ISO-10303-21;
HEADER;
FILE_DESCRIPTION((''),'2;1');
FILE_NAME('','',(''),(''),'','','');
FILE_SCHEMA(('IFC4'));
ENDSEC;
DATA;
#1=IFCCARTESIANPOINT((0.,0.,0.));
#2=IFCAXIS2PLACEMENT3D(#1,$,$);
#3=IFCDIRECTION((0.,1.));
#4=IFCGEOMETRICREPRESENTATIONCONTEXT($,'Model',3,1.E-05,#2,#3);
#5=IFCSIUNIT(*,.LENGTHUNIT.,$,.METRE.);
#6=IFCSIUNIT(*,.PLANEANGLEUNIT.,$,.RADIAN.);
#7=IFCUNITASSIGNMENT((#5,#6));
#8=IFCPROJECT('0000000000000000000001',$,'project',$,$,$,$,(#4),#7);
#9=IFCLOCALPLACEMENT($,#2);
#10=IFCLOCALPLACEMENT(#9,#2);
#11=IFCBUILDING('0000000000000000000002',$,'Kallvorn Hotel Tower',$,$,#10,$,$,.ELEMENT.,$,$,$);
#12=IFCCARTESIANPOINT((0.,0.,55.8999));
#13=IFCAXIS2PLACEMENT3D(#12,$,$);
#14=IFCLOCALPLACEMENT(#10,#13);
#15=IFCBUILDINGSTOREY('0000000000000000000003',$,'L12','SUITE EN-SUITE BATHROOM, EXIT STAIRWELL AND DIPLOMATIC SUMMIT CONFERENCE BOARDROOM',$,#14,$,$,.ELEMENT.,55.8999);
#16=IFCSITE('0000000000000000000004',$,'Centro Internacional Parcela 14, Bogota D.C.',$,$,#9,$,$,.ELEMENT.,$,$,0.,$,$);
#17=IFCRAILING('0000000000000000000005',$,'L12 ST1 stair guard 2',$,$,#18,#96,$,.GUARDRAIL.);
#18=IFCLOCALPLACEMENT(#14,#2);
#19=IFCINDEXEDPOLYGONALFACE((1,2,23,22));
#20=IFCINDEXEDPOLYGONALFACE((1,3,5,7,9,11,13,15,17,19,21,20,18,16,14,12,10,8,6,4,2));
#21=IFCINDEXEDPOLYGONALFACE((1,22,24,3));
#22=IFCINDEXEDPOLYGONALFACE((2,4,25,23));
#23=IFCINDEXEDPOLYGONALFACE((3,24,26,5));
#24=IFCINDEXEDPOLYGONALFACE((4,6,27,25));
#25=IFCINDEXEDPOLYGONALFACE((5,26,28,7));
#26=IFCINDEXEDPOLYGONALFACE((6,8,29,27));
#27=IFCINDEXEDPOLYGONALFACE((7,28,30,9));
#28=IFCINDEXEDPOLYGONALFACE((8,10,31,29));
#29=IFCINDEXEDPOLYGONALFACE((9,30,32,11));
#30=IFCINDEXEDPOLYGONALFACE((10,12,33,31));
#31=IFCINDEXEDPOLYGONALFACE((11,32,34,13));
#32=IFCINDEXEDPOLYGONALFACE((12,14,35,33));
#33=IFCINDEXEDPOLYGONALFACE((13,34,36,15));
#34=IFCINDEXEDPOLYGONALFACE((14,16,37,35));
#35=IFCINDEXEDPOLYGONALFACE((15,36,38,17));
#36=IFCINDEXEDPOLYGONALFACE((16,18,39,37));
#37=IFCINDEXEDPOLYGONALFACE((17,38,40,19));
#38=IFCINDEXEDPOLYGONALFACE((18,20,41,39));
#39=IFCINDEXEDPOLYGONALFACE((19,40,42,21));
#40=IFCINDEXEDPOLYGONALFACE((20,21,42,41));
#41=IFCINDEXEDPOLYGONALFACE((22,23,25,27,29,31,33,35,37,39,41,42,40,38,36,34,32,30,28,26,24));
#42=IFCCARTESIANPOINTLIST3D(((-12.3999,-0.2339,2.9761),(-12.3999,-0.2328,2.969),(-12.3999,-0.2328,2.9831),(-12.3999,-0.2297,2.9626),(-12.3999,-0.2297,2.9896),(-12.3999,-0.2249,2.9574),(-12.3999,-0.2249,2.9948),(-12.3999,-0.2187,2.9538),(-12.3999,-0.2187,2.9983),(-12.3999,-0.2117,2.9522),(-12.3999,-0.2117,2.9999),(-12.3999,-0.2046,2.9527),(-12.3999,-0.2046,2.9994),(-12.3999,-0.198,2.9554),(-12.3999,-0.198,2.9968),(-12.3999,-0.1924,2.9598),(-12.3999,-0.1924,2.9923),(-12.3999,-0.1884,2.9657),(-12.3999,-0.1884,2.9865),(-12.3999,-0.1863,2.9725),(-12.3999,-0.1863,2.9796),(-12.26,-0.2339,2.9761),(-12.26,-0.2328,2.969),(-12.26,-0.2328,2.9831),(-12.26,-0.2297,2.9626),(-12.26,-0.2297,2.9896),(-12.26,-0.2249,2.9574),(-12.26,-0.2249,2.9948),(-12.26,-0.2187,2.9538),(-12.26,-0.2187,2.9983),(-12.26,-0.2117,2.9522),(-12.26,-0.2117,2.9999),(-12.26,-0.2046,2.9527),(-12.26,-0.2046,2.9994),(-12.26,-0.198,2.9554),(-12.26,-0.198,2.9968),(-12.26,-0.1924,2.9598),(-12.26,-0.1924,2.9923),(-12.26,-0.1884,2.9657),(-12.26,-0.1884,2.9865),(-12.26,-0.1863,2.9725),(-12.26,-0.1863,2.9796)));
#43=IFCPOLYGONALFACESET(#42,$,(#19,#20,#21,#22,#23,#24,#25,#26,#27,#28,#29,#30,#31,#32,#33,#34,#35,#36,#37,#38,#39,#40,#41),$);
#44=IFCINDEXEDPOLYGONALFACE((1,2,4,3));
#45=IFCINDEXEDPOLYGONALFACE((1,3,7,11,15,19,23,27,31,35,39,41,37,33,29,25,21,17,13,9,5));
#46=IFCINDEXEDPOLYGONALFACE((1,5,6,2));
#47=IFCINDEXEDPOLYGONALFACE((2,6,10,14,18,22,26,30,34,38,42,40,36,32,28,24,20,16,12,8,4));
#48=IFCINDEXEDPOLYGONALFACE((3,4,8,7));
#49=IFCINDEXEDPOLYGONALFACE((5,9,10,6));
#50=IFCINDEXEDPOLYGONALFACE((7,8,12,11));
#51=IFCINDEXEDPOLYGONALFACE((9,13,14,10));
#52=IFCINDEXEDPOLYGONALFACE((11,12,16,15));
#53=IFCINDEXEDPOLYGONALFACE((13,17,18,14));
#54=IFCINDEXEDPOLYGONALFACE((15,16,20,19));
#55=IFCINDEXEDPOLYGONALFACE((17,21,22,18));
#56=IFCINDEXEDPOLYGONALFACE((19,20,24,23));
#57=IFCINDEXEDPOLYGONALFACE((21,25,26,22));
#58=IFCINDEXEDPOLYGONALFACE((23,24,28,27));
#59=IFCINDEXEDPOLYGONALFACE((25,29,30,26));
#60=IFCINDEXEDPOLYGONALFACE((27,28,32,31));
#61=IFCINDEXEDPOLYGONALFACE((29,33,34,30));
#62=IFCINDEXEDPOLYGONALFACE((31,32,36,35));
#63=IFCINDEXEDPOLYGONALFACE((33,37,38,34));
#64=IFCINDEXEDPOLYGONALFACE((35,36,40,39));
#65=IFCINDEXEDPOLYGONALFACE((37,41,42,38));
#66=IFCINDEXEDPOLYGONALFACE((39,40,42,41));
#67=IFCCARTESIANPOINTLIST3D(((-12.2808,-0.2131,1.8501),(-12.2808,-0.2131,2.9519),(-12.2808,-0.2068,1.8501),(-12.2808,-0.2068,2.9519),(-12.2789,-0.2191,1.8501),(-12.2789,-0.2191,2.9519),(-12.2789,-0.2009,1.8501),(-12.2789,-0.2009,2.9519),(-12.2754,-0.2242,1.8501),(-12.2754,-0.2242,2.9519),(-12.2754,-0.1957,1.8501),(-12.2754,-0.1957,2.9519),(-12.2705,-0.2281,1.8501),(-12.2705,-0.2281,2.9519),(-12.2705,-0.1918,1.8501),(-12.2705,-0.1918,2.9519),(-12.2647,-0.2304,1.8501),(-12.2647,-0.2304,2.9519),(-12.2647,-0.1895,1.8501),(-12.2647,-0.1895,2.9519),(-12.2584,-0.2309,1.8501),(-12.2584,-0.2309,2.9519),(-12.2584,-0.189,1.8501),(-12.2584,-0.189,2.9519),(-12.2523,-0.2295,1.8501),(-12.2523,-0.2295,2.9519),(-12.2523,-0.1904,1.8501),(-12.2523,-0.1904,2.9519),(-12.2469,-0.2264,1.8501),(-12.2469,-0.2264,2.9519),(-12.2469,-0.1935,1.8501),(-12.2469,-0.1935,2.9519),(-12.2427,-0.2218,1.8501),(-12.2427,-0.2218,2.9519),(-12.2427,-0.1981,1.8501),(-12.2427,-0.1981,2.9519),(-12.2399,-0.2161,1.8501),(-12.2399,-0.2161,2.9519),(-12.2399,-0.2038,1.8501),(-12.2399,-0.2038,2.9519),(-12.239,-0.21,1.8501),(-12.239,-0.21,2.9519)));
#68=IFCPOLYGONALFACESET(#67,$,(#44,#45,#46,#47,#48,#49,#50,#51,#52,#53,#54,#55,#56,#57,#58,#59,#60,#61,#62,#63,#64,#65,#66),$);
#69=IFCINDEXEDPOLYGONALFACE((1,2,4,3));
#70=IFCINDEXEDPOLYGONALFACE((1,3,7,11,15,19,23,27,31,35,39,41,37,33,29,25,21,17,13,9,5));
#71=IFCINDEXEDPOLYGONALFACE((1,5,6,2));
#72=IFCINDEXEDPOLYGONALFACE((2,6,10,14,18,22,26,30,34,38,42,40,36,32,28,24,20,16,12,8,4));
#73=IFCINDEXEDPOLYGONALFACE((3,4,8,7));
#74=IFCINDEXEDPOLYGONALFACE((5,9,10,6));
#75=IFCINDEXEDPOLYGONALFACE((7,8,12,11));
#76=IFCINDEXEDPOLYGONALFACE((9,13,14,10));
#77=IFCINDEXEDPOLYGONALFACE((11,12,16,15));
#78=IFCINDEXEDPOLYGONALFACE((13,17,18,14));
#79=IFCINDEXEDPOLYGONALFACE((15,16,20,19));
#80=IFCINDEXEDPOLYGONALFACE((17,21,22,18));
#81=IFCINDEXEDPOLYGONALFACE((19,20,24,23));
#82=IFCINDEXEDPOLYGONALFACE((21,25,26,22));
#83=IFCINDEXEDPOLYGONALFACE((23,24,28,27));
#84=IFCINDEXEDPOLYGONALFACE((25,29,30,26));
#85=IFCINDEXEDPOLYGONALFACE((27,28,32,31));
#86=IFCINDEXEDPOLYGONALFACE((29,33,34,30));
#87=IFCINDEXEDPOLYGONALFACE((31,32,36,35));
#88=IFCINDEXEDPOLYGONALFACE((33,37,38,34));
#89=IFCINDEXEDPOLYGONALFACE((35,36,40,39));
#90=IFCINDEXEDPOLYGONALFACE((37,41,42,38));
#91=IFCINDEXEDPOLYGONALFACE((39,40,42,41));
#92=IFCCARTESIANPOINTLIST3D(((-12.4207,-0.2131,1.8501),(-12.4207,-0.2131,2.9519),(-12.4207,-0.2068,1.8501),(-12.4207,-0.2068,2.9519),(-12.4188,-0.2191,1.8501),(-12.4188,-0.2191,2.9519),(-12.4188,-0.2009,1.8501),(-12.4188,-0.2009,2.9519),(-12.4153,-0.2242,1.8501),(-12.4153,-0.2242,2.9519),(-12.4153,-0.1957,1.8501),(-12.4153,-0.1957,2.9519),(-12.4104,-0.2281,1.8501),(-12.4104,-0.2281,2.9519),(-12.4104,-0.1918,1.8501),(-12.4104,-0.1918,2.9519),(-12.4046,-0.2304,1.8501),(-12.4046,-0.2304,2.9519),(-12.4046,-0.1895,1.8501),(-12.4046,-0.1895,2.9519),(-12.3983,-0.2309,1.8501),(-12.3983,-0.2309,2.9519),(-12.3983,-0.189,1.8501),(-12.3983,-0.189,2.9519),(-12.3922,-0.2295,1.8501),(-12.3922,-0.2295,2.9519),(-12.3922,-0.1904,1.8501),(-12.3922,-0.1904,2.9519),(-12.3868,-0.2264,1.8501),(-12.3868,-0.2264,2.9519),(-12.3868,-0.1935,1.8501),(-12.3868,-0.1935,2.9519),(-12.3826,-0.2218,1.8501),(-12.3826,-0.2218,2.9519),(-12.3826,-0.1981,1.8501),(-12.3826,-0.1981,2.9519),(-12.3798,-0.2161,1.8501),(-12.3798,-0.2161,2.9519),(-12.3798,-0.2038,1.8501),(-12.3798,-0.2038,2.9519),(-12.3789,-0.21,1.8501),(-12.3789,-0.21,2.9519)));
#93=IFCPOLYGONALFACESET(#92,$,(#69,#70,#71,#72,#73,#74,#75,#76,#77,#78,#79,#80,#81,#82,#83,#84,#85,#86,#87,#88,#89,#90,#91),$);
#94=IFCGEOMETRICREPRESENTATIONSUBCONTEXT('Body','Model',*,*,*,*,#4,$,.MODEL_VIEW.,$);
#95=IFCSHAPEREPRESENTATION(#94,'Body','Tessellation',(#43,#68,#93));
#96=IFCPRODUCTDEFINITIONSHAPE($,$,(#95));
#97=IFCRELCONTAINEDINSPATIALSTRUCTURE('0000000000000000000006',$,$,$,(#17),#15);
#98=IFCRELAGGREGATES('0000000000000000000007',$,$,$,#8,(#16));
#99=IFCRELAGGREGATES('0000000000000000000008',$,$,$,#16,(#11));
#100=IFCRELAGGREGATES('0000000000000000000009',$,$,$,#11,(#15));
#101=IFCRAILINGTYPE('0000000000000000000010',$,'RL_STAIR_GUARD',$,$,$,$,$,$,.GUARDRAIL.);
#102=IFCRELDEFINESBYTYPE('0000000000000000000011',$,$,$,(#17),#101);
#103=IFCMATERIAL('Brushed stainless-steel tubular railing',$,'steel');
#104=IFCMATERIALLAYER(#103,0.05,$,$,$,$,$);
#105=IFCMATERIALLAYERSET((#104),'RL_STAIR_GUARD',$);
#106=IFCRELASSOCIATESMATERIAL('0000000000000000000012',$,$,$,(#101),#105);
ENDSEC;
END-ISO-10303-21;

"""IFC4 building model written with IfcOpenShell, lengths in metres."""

from ifc_helpers import new_model, si_unit, direction, frame, origin, origin_2d, place, context, subcontext, project, spatial, circle, extrude, material, layer, layer_set, type_object, element, save


model = new_model("IFC4")

# Units and contexts
model_context = context("Model", 3, precision=1e-05, world=origin(), true_north=direction((0.0, 1.0)))
body_context = subcontext(model_context, "Body", "Model", "MODEL_VIEW")
ifc_project = project(units=[si_unit("LENGTHUNIT", "METRE"), si_unit("PLANEANGLEUNIT", "RADIAN")], contexts=[model_context])

# Site, building, storey
site_placement = place(None, origin())
site = spatial("IfcSite", under=ifc_project, at=site_placement, Name="Centro Internacional Parcela 14, Bogota D.C.", CompositionType="ELEMENT", RefElevation=0.0)
building_placement = place(site_placement, origin())
building = spatial("IfcBuilding", under=site, at=building_placement, Name="Kallvorn Hotel Tower", CompositionType="ELEMENT")
storey_placement = place(building_placement, frame((0.0, 0.0, 55.8999)))
storey = spatial("IfcBuildingStorey", under=building, at=storey_placement, Name="L12", Description="SUITE EN-SUITE BATHROOM, EXIT STAIRWELL AND DIPLOMATIC SUMMIT CONFERENCE BOARDROOM", CompositionType="ELEMENT", Elevation=55.8999)

# Railing
ifc_material_1 = material(Name="Brushed stainless-steel tubular railing", Category="steel")
ifc_layer_1 = layer(ifc_material_1, 0.05)
ifc_layer_set_1 = layer_set([ifc_layer_1], Name="RL_STAIR_GUARD")
railing_type_1 = type_object("IfcRailingType", Name="RL_STAIR_GUARD", PredefinedType="GUARDRAIL", material=ifc_layer_set_1)
railing_1_placement = place(storey_placement, frame((-12.26, -0.21, 1.8501)))
element("IfcRailing", 1, at=railing_1_placement, inside=storey, type_object=railing_type_1, Name="L12 ST1 stair guard 2", PredefinedType="GUARDRAIL", context=body_context, shape_type="SweptSolid", body=[
    extrude(circle(Radius=0.0239, at=origin_2d()), frame((0.0, 0.0, 1.126), z_axis=(-1.0, 0.0, 0.0), x_axis=(0.0, -1.0, 0.0)), (0.0, 0.0, 1.0), 0.1399),
    extrude(circle(Radius=0.021, at=origin_2d()), origin(), (0.0, 0.0, 1.0), 1.1018),
    extrude(circle(Radius=0.021, at=origin_2d()), frame((-0.1399, 0.0, 0.0)), (0.0, 0.0, 1.0), 1.1018),
])

save(model, "model.ifc")
